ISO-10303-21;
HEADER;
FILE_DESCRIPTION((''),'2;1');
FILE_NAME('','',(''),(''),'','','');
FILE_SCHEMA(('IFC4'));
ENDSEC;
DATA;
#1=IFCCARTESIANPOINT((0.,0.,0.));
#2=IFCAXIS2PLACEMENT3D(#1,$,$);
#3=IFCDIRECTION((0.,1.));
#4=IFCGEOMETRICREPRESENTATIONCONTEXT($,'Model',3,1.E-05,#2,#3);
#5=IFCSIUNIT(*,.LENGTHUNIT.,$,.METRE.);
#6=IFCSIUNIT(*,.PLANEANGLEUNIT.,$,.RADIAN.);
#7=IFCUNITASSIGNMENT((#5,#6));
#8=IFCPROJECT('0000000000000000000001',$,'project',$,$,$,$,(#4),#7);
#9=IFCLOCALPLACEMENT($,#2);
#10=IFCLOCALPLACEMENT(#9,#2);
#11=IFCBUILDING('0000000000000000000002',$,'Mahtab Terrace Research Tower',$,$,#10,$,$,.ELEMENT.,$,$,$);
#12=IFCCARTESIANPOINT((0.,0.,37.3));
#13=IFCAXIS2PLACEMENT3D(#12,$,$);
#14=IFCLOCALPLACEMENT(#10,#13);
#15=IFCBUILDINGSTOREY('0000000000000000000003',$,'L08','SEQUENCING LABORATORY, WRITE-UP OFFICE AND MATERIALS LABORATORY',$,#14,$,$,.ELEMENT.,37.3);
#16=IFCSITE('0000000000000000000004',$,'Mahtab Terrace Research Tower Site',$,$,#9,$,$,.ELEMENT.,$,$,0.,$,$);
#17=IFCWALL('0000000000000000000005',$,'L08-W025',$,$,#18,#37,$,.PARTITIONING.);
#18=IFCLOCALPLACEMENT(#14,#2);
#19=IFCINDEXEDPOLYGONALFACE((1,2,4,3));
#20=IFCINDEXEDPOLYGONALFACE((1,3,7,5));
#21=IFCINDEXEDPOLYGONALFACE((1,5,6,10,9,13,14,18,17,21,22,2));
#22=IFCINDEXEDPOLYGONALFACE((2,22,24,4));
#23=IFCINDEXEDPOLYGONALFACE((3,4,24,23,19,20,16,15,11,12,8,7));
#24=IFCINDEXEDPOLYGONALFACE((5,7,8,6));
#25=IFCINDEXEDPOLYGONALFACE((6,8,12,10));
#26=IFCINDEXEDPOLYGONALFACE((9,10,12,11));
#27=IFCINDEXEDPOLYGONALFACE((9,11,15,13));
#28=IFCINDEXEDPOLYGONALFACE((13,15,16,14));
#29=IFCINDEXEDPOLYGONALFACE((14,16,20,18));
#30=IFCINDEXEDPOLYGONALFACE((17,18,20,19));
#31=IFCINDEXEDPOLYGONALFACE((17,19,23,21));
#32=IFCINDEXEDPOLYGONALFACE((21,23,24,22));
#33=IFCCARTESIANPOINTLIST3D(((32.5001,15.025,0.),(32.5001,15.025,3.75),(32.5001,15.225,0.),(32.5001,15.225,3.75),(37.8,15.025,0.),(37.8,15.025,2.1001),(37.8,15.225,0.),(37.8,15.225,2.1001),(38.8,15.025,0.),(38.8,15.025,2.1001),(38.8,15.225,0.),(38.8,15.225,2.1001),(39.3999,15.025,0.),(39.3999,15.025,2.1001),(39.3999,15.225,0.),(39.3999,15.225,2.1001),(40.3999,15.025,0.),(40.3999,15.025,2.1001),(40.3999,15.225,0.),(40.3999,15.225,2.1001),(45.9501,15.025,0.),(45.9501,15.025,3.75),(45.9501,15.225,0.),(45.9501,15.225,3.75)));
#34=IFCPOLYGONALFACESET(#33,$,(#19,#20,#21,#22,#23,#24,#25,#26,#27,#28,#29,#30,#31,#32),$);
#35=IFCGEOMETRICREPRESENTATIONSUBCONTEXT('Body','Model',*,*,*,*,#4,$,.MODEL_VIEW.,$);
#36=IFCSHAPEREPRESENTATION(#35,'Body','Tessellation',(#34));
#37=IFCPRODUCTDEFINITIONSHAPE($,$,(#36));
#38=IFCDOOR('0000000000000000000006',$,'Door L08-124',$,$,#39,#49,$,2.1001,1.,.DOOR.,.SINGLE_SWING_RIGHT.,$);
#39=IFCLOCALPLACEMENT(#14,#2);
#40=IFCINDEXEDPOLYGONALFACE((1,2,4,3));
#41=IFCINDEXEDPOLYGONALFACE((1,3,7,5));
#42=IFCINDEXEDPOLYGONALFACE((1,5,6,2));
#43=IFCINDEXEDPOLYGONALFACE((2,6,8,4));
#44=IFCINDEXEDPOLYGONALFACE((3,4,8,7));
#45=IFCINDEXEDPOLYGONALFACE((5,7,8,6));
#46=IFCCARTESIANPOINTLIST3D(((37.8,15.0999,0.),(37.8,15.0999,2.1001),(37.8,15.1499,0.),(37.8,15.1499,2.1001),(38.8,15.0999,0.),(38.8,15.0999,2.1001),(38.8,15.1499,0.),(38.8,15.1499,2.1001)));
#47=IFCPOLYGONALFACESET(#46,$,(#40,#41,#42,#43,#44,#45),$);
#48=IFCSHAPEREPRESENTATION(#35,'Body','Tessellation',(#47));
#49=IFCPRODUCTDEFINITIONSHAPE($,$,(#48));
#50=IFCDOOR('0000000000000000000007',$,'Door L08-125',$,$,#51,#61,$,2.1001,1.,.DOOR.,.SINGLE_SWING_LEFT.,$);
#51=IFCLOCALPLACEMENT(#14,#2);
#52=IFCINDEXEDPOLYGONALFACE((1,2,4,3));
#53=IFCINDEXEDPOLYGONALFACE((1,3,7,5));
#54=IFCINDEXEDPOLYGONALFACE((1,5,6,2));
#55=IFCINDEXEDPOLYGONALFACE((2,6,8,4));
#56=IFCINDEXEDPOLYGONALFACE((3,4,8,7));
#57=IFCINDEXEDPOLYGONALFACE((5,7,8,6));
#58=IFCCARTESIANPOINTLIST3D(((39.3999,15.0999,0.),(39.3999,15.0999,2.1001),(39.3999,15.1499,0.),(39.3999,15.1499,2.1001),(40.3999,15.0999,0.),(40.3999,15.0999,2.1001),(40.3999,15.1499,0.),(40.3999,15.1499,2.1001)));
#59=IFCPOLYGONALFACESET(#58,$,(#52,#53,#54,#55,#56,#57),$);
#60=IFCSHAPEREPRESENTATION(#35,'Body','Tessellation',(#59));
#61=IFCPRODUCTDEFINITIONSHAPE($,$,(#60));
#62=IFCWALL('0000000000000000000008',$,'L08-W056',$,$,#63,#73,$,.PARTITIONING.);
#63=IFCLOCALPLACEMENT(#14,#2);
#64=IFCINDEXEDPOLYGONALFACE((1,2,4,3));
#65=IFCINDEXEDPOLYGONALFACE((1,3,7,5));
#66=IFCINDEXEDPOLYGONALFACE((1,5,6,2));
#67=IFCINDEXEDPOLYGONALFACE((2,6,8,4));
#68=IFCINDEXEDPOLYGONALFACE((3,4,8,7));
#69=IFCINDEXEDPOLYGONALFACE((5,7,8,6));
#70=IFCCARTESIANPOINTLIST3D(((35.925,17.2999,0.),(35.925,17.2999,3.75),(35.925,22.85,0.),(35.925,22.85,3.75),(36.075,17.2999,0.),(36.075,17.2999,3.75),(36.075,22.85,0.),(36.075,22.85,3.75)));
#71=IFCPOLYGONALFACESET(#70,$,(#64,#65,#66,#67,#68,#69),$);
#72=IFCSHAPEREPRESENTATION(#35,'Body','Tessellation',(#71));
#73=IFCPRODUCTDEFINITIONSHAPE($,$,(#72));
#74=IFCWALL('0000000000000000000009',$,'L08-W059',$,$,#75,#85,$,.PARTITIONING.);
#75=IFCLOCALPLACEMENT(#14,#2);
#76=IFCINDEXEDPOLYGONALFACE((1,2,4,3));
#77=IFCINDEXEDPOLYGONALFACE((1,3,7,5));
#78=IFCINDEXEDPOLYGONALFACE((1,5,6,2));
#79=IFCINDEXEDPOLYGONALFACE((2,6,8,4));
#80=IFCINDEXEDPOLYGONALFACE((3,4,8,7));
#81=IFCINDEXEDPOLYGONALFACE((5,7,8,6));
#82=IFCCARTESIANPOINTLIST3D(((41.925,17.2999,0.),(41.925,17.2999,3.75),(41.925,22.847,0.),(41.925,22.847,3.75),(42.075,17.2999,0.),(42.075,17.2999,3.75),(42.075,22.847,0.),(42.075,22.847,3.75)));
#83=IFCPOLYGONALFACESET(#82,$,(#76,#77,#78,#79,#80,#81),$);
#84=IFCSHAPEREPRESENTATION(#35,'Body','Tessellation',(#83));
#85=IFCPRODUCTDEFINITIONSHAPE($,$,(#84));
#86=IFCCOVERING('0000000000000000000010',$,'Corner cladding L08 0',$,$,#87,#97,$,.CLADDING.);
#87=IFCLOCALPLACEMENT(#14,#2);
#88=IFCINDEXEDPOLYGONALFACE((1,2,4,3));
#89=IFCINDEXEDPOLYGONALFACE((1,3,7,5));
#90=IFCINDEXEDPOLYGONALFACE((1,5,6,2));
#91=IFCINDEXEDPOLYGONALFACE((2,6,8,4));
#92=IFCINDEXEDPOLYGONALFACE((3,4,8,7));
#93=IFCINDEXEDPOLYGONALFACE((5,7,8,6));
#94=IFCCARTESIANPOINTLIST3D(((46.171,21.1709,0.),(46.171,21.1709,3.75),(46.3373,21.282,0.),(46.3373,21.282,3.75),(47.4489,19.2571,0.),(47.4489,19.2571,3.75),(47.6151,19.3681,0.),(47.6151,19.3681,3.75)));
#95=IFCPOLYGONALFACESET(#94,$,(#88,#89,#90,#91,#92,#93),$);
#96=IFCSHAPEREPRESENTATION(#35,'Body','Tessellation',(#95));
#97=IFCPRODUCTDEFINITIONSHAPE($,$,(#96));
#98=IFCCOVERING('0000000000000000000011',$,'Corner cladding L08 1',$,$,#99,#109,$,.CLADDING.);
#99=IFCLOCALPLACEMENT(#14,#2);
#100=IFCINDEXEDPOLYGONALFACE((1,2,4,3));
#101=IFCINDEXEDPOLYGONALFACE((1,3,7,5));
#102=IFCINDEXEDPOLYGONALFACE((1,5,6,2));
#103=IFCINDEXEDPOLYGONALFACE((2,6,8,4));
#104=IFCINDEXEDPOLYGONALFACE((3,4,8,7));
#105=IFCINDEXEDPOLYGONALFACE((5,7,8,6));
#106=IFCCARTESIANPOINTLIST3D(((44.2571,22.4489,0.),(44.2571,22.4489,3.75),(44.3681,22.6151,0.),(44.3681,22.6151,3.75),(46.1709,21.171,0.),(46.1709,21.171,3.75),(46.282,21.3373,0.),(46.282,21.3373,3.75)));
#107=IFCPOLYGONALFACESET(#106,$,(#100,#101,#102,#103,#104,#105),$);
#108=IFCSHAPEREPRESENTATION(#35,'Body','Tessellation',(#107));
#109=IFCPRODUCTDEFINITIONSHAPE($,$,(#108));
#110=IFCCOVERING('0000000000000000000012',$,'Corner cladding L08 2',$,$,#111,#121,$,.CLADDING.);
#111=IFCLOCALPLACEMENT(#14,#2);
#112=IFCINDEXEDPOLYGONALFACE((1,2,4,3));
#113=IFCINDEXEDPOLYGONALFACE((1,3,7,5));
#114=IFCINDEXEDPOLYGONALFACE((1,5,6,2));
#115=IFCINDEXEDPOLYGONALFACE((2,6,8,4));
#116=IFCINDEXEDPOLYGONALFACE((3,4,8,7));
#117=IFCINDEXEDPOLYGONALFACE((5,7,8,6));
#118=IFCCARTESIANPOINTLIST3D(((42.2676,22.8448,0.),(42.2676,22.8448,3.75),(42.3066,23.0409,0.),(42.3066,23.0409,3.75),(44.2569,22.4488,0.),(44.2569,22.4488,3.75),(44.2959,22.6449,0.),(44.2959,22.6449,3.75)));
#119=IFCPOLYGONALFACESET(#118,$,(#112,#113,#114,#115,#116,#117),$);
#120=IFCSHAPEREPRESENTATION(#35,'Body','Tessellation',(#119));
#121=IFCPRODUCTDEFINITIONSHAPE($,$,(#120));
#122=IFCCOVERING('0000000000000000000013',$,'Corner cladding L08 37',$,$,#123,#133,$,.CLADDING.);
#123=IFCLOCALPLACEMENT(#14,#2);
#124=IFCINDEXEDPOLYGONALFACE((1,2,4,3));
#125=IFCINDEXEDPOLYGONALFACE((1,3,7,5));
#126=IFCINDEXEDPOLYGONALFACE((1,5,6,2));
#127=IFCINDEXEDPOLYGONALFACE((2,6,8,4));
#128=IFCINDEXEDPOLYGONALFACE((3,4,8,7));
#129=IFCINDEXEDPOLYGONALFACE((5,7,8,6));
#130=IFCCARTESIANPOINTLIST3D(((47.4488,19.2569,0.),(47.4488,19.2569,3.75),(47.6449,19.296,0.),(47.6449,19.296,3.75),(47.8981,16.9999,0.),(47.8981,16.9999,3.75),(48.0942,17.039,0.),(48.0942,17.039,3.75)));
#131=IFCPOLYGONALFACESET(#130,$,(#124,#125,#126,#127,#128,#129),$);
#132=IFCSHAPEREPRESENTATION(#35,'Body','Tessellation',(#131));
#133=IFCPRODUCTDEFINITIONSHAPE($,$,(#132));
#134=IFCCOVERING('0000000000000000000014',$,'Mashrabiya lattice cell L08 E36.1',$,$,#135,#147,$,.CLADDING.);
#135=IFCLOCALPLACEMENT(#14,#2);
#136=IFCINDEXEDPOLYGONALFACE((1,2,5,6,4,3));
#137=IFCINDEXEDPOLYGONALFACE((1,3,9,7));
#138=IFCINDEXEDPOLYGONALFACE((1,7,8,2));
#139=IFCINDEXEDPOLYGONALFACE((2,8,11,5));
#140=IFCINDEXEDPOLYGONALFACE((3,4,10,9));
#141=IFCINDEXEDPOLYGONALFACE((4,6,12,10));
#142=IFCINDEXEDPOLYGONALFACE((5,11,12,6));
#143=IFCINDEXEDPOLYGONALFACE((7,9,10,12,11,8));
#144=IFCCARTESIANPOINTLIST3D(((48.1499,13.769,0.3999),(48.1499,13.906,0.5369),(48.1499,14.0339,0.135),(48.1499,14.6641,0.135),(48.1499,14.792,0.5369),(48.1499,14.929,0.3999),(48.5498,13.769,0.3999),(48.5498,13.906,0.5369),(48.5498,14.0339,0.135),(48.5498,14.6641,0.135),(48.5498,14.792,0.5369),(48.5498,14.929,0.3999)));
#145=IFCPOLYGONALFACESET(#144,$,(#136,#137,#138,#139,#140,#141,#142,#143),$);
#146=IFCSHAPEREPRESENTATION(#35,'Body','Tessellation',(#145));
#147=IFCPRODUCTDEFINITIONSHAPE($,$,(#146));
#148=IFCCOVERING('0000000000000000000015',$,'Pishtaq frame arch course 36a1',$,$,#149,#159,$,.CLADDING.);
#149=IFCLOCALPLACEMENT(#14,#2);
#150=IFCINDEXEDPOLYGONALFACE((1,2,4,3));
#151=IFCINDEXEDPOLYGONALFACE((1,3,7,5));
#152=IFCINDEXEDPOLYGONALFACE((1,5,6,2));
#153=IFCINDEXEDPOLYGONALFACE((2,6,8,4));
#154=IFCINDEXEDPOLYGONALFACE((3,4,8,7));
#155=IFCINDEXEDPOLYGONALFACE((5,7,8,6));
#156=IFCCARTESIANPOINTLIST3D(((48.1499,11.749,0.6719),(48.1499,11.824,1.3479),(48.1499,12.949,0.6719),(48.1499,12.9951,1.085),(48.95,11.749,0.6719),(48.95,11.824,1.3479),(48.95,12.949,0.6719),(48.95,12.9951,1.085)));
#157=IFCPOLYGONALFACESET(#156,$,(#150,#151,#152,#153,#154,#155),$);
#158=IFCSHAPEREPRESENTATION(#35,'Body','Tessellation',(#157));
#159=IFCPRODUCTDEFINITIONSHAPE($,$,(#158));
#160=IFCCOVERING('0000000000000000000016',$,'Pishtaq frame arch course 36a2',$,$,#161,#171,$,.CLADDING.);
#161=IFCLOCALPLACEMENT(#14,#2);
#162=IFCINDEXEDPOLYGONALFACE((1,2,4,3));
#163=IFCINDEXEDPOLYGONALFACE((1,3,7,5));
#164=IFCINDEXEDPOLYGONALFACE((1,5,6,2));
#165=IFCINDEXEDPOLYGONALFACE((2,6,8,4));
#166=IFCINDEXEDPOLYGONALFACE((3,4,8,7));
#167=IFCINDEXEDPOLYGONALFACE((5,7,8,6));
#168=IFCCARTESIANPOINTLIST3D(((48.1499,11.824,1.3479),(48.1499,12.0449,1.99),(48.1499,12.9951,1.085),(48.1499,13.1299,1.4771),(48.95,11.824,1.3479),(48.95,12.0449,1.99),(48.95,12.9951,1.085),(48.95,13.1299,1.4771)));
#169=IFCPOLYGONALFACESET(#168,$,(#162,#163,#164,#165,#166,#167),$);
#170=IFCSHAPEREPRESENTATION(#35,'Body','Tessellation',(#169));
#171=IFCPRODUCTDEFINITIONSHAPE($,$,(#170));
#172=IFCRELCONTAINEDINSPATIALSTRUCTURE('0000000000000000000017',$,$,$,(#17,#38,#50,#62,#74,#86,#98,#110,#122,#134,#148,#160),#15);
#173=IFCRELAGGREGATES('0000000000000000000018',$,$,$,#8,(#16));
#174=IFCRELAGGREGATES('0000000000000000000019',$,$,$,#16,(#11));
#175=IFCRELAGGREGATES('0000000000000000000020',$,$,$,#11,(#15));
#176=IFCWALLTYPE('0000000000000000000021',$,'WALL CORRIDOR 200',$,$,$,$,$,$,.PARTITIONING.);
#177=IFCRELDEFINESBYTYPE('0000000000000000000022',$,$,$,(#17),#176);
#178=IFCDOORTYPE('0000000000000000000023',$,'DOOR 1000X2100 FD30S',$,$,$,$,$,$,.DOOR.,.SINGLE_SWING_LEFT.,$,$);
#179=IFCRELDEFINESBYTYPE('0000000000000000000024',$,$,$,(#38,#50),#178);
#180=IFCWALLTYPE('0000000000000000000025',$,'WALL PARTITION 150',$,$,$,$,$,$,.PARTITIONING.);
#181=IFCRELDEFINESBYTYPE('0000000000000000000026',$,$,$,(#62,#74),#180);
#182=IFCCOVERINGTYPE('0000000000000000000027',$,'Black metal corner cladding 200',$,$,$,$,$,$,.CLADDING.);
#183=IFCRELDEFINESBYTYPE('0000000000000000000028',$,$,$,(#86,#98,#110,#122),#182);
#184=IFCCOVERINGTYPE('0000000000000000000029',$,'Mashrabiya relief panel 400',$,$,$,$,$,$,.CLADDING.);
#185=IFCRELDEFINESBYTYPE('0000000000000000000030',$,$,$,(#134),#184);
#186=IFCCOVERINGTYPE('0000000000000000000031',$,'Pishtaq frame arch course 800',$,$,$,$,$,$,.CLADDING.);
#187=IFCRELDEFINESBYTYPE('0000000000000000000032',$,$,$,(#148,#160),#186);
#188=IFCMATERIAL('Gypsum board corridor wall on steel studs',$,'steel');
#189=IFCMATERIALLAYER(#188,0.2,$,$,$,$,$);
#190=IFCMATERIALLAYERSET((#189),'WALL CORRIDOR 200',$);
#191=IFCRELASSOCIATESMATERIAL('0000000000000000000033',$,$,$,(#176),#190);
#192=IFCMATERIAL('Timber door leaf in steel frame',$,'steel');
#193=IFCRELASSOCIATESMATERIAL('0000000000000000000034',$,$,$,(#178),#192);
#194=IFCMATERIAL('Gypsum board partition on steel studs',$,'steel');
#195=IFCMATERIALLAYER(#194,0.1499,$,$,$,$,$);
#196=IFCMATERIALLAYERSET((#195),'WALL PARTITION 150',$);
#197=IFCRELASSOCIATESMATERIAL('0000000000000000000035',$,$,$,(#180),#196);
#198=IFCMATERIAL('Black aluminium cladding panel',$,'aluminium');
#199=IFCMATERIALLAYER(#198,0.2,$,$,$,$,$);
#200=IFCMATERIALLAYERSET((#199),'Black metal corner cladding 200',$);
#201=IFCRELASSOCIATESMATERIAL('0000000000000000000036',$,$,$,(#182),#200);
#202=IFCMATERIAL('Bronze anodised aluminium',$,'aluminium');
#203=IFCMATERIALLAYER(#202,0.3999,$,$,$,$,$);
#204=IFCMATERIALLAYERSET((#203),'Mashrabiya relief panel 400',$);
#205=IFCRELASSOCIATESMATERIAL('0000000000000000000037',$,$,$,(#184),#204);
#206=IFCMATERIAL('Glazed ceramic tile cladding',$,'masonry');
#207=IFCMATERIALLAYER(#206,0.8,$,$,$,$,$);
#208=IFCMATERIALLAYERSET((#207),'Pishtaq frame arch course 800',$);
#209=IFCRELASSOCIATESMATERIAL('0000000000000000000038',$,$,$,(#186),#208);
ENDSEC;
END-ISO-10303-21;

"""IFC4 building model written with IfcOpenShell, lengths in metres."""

from ifc_helpers import new_model, si_unit, direction, frame, frame_2d, origin, origin_2d, place, context, subcontext, project, spatial, polyline, rectangle, outline, extrude, material, layer, layer_set, type_object, element, fill, save


model = new_model("IFC4")

# Units and contexts
model_context = context("Model", 3, precision=1e-05, world=origin(), true_north=direction((0.0, 1.0)))
body_context = subcontext(model_context, "Body", "Model", "MODEL_VIEW")
ifc_project = project(units=[si_unit("LENGTHUNIT", "METRE"), si_unit("PLANEANGLEUNIT", "RADIAN")], contexts=[model_context])

# Site, building, storey
site_placement = place(None, origin())
site = spatial("IfcSite", under=ifc_project, at=site_placement, Name="Mahtab Terrace Research Tower Site", CompositionType="ELEMENT", RefElevation=0.0)
building_placement = place(site_placement, origin())
building = spatial("IfcBuilding", under=site, at=building_placement, Name="Mahtab Terrace Research Tower", CompositionType="ELEMENT")
storey_placement = place(building_placement, frame((0.0, 0.0, 37.3)))
storey = spatial("IfcBuildingStorey", under=building, at=storey_placement, Name="L08", Description="SEQUENCING LABORATORY, WRITE-UP OFFICE AND MATERIALS LABORATORY", CompositionType="ELEMENT", Elevation=37.3)

# Shared definitions
ifc_material_1 = material(Name="Black aluminium cladding panel", Category="aluminium")

# Wall, openings, doors
ifc_material_2 = material(Name="Gypsum board corridor wall on steel studs", Category="steel")
ifc_layer_1 = layer(ifc_material_2, 0.2)
ifc_layer_set_1 = layer_set([ifc_layer_1], Name="WALL CORRIDOR 200")
wall_type_1 = type_object("IfcWallType", Name="WALL CORRIDOR 200", PredefinedType="PARTITIONING", material=ifc_layer_set_1)
wall_1_placement = place(storey_placement, frame((32.5, 15.125, 0.0), z_axis=(0.0, 0.0, 1.0), x_axis=(1.0, 0.0, 0.0)))
wall_1 = element("IfcWall", 1, at=wall_1_placement, inside=storey, type_object=wall_type_1, Name="L08-W025", PredefinedType="PARTITIONING", context=body_context, shape_type="SweptSolid", body=[
    extrude(rectangle(XDim=13.45, YDim=0.2, at=frame_2d((6.7251, 0.0))), origin(), (0.0, 0.0, 1.0), 3.75),
])
opening_1_placement = place(wall_1_placement, frame((5.3, 0.0, 0.0)))
opening_1 = element("IfcOpeningElement", 2, at=opening_1_placement, cuts=wall_1, PredefinedType="OPENING", context=body_context, shape_type="SweptSolid", body=[
    extrude(rectangle(XDim=1.0, YDim=2.1001, at=frame_2d((0.5, 1.05))), frame((0.0, 0.1099, 0.0), z_axis=(0.0, -1.0, 0.0), x_axis=(1.0, 0.0, 0.0)), (0.0, 0.0, 1.0), 0.22),
])
opening_2_placement = place(wall_1_placement, frame((6.8999, 0.0, 0.0)))
opening_2 = element("IfcOpeningElement", 3, at=opening_2_placement, cuts=wall_1, PredefinedType="OPENING", context=body_context, shape_type="SweptSolid", body=[
    extrude(rectangle(XDim=1.0, YDim=2.1001, at=frame_2d((0.5, 1.05))), frame((0.0, 0.1099, 0.0), z_axis=(0.0, -1.0, 0.0), x_axis=(1.0, 0.0, 0.0)), (0.0, 0.0, 1.0), 0.22),
])
ifc_material_3 = material(Name="Timber door leaf in steel frame", Category="steel")
door_type = type_object("IfcDoorType", Name="DOOR 1000X2100 FD30S", OperationType="SINGLE_SWING_LEFT", PredefinedType="DOOR", material=ifc_material_3)
door_1_placement = place(opening_1_placement, origin())
door_1 = element("IfcDoor", 4, at=door_1_placement, inside=storey, type_object=door_type, Name="Door L08-124", OperationType="SINGLE_SWING_RIGHT", OverallHeight=2.1001, OverallWidth=1.0, PredefinedType="DOOR", context=body_context, shape_type="SweptSolid", body=[
    extrude(rectangle(XDim=1.0, YDim=2.1001, at=frame_2d((0.5, 1.05))), frame((0.0, 0.0249, 0.0), z_axis=(0.0, -1.0, 0.0), x_axis=(1.0, 0.0, 0.0)), (0.0, 0.0, 1.0), 0.05),
])
fill(opening_1, door_1)
door_2_placement = place(opening_2_placement, origin())
door_2 = element("IfcDoor", 5, at=door_2_placement, inside=storey, type_object=door_type, Name="Door L08-125", OperationType="SINGLE_SWING_LEFT", OverallHeight=2.1001, OverallWidth=1.0, PredefinedType="DOOR", context=body_context, shape_type="SweptSolid", body=[
    extrude(rectangle(XDim=1.0, YDim=2.1001, at=frame_2d((0.5, 1.05))), frame((0.0, 0.0249, 0.0), z_axis=(0.0, -1.0, 0.0), x_axis=(1.0, 0.0, 0.0)), (0.0, 0.0, 1.0), 0.05),
])
fill(opening_2, door_2)

# Walls
ifc_material_4 = material(Name="Gypsum board partition on steel studs", Category="steel")
ifc_layer_2 = layer(ifc_material_4, 0.1499)
ifc_layer_set_2 = layer_set([ifc_layer_2], Name="WALL PARTITION 150")
wall_type_2 = type_object("IfcWallType", Name="WALL PARTITION 150", PredefinedType="PARTITIONING", material=ifc_layer_set_2)
wall_2_placement = place(storey_placement, frame((36.0, 17.3, 0.0), z_axis=(0.0, 0.0, 1.0), x_axis=(0.0, 1.0, 0.0)))
element("IfcWall", 6, at=wall_2_placement, inside=storey, type_object=wall_type_2, Name="L08-W056", PredefinedType="PARTITIONING", context=body_context, shape_type="SweptSolid", body=[
    extrude(rectangle(XDim=5.55, YDim=0.1499, at=frame_2d((2.7749, 0.0))), origin(), (0.0, 0.0, 1.0), 3.75),
])
wall_3_placement = place(storey_placement, frame((42.0, 17.3, 0.0), z_axis=(0.0, 0.0, 1.0), x_axis=(0.0, 1.0, 0.0)))
element("IfcWall", 7, at=wall_3_placement, inside=storey, type_object=wall_type_2, Name="L08-W059", PredefinedType="PARTITIONING", context=body_context, shape_type="SweptSolid", body=[
    extrude(rectangle(XDim=5.5471, YDim=0.1499, at=frame_2d((2.7734, 0.0))), origin(), (0.0, 0.0, 1.0), 3.75),
])

# Coverings
ifc_layer_3 = layer(ifc_material_1, 0.2)
ifc_layer_set_3 = layer_set([ifc_layer_3], Name="Black metal corner cladding 200")
covering_type_1 = type_object("IfcCoveringType", Name="Black metal corner cladding 200", PredefinedType="CLADDING", material=ifc_layer_set_3)
for number, where, z_axis, x_axis, name in (
    (8, (46.8931, 20.2695, 0.0), (0.0, 0.0, 1.0), (-0.555291, 0.831656, 0.0), "Corner cladding L08 0"),
    (9, (45.2695, 21.8931, 0.0), (0.0, 0.0, 1.0), (-0.831656, 0.555291, 0.0), "Corner cladding L08 1"),
):
    element("IfcCovering", number, at=place(storey_placement, frame(where, z_axis=z_axis, x_axis=x_axis)), inside=storey, type_object=covering_type_1, Name=name, PredefinedType="CLADDING", context=body_context, shape_type="SweptSolid", body=[
        extrude(rectangle(XDim=2.3013, YDim=0.2, at=origin_2d()), origin(), (0.0, 0.0, 1.0), 3.75),
    ])
covering_1_placement = place(storey_placement, frame((43.2817, 22.7449, 0.0), z_axis=(0.0, 0.0, 1.0), x_axis=(-0.980761, 0.195212, 0.0)))
element("IfcCovering", 10, at=covering_1_placement, inside=storey, type_object=covering_type_1, Name="Corner cladding L08 2", PredefinedType="CLADDING", context=body_context, shape_type="SweptSolid", body=[
    extrude(rectangle(XDim=2.0283, YDim=0.2, at=origin_2d()), origin(), (0.0, 0.0, 1.0), 3.75),
])
covering_2_placement = place(storey_placement, frame((47.7715, 18.1479, 0.0), z_axis=(0.0, 0.0, 1.0), x_axis=(-0.195212, 0.980761, 0.0)))
element("IfcCovering", 11, at=covering_2_placement, inside=storey, type_object=covering_type_1, Name="Corner cladding L08 37", PredefinedType="CLADDING", context=body_context, shape_type="SweptSolid", body=[
    extrude(rectangle(XDim=2.3013, YDim=0.2, at=origin_2d()), origin(), (0.0, 0.0, 1.0), 3.75),
])
ifc_material_5 = material(Name="Bronze anodised aluminium", Category="aluminium")
ifc_layer_4 = layer(ifc_material_5, 0.3999)
ifc_layer_set_4 = layer_set([ifc_layer_4], Name="Mashrabiya relief panel 400")
covering_type_2 = type_object("IfcCoveringType", Name="Mashrabiya relief panel 400", PredefinedType="CLADDING", material=ifc_layer_set_4)
covering_3_placement = place(storey_placement, frame((48.1499, 13.769, 0.3999), z_axis=(-1.0, 0.0, 0.0), x_axis=(0.0, 0.707107, 0.707107)))
element("IfcCovering", 12, at=covering_3_placement, inside=storey, type_object=covering_type_2, Name="Mashrabiya lattice cell L08 E36.1", PredefinedType="CLADDING", context=body_context, shape_type="SweptSolid", body=[
    extrude(outline(polyline([(0.0, 0.0), (0.1937, 0.0), (0.8202, 0.6265), (0.8202, 0.8202), (0.4456, 0.8202), (0.0, 0.3746), (0.0, 0.0)])), origin(), (0.0, 0.0, -1.0), 0.3999),
])
ifc_material_6 = material(Name="Glazed ceramic tile cladding", Category="masonry")
ifc_layer_5 = layer(ifc_material_6, 0.8)
ifc_layer_set_5 = layer_set([ifc_layer_5], Name="Pishtaq frame arch course 800")
covering_type_3 = type_object("IfcCoveringType", Name="Pishtaq frame arch course 800", PredefinedType="CLADDING", material=ifc_layer_set_5)
covering_4_placement = place(storey_placement, frame((48.1499, 11.749, 0.6719), z_axis=(-1.0, 0.0, 0.0), x_axis=(0.0, 0.110195, 0.99391)))
element("IfcCovering", 13, at=covering_4_placement, inside=storey, type_object=covering_type_3, Name="Pishtaq frame arch course 36a1", PredefinedType="CLADDING", context=body_context, shape_type="SweptSolid", body=[
    extrude(outline(polyline([(0.0, 0.0), (0.6802, 0.0), (0.5479, 1.193), (0.1322, 1.1926), (0.0, 0.0)])), origin(), (0.0, 0.0, -1.0), 0.8),
])
covering_5_placement = place(storey_placement, frame((48.1499, 11.824, 1.3479), z_axis=(-1.0, 0.0, 0.0), x_axis=(0.0, 0.325381, 0.945583)))
element("IfcCovering", 14, at=covering_5_placement, inside=storey, type_object=covering_type_3, Name="Pishtaq frame arch course 36a2", PredefinedType="CLADDING", context=body_context, shape_type="SweptSolid", body=[
    extrude(outline(polyline([(0.0, 0.0), (0.679, 0.0), (0.547, 1.1928), (0.1324, 1.193), (0.0, 0.0)])), origin(), (0.0, 0.0, -1.0), 0.8),
])

save(model, "model.ifc")
